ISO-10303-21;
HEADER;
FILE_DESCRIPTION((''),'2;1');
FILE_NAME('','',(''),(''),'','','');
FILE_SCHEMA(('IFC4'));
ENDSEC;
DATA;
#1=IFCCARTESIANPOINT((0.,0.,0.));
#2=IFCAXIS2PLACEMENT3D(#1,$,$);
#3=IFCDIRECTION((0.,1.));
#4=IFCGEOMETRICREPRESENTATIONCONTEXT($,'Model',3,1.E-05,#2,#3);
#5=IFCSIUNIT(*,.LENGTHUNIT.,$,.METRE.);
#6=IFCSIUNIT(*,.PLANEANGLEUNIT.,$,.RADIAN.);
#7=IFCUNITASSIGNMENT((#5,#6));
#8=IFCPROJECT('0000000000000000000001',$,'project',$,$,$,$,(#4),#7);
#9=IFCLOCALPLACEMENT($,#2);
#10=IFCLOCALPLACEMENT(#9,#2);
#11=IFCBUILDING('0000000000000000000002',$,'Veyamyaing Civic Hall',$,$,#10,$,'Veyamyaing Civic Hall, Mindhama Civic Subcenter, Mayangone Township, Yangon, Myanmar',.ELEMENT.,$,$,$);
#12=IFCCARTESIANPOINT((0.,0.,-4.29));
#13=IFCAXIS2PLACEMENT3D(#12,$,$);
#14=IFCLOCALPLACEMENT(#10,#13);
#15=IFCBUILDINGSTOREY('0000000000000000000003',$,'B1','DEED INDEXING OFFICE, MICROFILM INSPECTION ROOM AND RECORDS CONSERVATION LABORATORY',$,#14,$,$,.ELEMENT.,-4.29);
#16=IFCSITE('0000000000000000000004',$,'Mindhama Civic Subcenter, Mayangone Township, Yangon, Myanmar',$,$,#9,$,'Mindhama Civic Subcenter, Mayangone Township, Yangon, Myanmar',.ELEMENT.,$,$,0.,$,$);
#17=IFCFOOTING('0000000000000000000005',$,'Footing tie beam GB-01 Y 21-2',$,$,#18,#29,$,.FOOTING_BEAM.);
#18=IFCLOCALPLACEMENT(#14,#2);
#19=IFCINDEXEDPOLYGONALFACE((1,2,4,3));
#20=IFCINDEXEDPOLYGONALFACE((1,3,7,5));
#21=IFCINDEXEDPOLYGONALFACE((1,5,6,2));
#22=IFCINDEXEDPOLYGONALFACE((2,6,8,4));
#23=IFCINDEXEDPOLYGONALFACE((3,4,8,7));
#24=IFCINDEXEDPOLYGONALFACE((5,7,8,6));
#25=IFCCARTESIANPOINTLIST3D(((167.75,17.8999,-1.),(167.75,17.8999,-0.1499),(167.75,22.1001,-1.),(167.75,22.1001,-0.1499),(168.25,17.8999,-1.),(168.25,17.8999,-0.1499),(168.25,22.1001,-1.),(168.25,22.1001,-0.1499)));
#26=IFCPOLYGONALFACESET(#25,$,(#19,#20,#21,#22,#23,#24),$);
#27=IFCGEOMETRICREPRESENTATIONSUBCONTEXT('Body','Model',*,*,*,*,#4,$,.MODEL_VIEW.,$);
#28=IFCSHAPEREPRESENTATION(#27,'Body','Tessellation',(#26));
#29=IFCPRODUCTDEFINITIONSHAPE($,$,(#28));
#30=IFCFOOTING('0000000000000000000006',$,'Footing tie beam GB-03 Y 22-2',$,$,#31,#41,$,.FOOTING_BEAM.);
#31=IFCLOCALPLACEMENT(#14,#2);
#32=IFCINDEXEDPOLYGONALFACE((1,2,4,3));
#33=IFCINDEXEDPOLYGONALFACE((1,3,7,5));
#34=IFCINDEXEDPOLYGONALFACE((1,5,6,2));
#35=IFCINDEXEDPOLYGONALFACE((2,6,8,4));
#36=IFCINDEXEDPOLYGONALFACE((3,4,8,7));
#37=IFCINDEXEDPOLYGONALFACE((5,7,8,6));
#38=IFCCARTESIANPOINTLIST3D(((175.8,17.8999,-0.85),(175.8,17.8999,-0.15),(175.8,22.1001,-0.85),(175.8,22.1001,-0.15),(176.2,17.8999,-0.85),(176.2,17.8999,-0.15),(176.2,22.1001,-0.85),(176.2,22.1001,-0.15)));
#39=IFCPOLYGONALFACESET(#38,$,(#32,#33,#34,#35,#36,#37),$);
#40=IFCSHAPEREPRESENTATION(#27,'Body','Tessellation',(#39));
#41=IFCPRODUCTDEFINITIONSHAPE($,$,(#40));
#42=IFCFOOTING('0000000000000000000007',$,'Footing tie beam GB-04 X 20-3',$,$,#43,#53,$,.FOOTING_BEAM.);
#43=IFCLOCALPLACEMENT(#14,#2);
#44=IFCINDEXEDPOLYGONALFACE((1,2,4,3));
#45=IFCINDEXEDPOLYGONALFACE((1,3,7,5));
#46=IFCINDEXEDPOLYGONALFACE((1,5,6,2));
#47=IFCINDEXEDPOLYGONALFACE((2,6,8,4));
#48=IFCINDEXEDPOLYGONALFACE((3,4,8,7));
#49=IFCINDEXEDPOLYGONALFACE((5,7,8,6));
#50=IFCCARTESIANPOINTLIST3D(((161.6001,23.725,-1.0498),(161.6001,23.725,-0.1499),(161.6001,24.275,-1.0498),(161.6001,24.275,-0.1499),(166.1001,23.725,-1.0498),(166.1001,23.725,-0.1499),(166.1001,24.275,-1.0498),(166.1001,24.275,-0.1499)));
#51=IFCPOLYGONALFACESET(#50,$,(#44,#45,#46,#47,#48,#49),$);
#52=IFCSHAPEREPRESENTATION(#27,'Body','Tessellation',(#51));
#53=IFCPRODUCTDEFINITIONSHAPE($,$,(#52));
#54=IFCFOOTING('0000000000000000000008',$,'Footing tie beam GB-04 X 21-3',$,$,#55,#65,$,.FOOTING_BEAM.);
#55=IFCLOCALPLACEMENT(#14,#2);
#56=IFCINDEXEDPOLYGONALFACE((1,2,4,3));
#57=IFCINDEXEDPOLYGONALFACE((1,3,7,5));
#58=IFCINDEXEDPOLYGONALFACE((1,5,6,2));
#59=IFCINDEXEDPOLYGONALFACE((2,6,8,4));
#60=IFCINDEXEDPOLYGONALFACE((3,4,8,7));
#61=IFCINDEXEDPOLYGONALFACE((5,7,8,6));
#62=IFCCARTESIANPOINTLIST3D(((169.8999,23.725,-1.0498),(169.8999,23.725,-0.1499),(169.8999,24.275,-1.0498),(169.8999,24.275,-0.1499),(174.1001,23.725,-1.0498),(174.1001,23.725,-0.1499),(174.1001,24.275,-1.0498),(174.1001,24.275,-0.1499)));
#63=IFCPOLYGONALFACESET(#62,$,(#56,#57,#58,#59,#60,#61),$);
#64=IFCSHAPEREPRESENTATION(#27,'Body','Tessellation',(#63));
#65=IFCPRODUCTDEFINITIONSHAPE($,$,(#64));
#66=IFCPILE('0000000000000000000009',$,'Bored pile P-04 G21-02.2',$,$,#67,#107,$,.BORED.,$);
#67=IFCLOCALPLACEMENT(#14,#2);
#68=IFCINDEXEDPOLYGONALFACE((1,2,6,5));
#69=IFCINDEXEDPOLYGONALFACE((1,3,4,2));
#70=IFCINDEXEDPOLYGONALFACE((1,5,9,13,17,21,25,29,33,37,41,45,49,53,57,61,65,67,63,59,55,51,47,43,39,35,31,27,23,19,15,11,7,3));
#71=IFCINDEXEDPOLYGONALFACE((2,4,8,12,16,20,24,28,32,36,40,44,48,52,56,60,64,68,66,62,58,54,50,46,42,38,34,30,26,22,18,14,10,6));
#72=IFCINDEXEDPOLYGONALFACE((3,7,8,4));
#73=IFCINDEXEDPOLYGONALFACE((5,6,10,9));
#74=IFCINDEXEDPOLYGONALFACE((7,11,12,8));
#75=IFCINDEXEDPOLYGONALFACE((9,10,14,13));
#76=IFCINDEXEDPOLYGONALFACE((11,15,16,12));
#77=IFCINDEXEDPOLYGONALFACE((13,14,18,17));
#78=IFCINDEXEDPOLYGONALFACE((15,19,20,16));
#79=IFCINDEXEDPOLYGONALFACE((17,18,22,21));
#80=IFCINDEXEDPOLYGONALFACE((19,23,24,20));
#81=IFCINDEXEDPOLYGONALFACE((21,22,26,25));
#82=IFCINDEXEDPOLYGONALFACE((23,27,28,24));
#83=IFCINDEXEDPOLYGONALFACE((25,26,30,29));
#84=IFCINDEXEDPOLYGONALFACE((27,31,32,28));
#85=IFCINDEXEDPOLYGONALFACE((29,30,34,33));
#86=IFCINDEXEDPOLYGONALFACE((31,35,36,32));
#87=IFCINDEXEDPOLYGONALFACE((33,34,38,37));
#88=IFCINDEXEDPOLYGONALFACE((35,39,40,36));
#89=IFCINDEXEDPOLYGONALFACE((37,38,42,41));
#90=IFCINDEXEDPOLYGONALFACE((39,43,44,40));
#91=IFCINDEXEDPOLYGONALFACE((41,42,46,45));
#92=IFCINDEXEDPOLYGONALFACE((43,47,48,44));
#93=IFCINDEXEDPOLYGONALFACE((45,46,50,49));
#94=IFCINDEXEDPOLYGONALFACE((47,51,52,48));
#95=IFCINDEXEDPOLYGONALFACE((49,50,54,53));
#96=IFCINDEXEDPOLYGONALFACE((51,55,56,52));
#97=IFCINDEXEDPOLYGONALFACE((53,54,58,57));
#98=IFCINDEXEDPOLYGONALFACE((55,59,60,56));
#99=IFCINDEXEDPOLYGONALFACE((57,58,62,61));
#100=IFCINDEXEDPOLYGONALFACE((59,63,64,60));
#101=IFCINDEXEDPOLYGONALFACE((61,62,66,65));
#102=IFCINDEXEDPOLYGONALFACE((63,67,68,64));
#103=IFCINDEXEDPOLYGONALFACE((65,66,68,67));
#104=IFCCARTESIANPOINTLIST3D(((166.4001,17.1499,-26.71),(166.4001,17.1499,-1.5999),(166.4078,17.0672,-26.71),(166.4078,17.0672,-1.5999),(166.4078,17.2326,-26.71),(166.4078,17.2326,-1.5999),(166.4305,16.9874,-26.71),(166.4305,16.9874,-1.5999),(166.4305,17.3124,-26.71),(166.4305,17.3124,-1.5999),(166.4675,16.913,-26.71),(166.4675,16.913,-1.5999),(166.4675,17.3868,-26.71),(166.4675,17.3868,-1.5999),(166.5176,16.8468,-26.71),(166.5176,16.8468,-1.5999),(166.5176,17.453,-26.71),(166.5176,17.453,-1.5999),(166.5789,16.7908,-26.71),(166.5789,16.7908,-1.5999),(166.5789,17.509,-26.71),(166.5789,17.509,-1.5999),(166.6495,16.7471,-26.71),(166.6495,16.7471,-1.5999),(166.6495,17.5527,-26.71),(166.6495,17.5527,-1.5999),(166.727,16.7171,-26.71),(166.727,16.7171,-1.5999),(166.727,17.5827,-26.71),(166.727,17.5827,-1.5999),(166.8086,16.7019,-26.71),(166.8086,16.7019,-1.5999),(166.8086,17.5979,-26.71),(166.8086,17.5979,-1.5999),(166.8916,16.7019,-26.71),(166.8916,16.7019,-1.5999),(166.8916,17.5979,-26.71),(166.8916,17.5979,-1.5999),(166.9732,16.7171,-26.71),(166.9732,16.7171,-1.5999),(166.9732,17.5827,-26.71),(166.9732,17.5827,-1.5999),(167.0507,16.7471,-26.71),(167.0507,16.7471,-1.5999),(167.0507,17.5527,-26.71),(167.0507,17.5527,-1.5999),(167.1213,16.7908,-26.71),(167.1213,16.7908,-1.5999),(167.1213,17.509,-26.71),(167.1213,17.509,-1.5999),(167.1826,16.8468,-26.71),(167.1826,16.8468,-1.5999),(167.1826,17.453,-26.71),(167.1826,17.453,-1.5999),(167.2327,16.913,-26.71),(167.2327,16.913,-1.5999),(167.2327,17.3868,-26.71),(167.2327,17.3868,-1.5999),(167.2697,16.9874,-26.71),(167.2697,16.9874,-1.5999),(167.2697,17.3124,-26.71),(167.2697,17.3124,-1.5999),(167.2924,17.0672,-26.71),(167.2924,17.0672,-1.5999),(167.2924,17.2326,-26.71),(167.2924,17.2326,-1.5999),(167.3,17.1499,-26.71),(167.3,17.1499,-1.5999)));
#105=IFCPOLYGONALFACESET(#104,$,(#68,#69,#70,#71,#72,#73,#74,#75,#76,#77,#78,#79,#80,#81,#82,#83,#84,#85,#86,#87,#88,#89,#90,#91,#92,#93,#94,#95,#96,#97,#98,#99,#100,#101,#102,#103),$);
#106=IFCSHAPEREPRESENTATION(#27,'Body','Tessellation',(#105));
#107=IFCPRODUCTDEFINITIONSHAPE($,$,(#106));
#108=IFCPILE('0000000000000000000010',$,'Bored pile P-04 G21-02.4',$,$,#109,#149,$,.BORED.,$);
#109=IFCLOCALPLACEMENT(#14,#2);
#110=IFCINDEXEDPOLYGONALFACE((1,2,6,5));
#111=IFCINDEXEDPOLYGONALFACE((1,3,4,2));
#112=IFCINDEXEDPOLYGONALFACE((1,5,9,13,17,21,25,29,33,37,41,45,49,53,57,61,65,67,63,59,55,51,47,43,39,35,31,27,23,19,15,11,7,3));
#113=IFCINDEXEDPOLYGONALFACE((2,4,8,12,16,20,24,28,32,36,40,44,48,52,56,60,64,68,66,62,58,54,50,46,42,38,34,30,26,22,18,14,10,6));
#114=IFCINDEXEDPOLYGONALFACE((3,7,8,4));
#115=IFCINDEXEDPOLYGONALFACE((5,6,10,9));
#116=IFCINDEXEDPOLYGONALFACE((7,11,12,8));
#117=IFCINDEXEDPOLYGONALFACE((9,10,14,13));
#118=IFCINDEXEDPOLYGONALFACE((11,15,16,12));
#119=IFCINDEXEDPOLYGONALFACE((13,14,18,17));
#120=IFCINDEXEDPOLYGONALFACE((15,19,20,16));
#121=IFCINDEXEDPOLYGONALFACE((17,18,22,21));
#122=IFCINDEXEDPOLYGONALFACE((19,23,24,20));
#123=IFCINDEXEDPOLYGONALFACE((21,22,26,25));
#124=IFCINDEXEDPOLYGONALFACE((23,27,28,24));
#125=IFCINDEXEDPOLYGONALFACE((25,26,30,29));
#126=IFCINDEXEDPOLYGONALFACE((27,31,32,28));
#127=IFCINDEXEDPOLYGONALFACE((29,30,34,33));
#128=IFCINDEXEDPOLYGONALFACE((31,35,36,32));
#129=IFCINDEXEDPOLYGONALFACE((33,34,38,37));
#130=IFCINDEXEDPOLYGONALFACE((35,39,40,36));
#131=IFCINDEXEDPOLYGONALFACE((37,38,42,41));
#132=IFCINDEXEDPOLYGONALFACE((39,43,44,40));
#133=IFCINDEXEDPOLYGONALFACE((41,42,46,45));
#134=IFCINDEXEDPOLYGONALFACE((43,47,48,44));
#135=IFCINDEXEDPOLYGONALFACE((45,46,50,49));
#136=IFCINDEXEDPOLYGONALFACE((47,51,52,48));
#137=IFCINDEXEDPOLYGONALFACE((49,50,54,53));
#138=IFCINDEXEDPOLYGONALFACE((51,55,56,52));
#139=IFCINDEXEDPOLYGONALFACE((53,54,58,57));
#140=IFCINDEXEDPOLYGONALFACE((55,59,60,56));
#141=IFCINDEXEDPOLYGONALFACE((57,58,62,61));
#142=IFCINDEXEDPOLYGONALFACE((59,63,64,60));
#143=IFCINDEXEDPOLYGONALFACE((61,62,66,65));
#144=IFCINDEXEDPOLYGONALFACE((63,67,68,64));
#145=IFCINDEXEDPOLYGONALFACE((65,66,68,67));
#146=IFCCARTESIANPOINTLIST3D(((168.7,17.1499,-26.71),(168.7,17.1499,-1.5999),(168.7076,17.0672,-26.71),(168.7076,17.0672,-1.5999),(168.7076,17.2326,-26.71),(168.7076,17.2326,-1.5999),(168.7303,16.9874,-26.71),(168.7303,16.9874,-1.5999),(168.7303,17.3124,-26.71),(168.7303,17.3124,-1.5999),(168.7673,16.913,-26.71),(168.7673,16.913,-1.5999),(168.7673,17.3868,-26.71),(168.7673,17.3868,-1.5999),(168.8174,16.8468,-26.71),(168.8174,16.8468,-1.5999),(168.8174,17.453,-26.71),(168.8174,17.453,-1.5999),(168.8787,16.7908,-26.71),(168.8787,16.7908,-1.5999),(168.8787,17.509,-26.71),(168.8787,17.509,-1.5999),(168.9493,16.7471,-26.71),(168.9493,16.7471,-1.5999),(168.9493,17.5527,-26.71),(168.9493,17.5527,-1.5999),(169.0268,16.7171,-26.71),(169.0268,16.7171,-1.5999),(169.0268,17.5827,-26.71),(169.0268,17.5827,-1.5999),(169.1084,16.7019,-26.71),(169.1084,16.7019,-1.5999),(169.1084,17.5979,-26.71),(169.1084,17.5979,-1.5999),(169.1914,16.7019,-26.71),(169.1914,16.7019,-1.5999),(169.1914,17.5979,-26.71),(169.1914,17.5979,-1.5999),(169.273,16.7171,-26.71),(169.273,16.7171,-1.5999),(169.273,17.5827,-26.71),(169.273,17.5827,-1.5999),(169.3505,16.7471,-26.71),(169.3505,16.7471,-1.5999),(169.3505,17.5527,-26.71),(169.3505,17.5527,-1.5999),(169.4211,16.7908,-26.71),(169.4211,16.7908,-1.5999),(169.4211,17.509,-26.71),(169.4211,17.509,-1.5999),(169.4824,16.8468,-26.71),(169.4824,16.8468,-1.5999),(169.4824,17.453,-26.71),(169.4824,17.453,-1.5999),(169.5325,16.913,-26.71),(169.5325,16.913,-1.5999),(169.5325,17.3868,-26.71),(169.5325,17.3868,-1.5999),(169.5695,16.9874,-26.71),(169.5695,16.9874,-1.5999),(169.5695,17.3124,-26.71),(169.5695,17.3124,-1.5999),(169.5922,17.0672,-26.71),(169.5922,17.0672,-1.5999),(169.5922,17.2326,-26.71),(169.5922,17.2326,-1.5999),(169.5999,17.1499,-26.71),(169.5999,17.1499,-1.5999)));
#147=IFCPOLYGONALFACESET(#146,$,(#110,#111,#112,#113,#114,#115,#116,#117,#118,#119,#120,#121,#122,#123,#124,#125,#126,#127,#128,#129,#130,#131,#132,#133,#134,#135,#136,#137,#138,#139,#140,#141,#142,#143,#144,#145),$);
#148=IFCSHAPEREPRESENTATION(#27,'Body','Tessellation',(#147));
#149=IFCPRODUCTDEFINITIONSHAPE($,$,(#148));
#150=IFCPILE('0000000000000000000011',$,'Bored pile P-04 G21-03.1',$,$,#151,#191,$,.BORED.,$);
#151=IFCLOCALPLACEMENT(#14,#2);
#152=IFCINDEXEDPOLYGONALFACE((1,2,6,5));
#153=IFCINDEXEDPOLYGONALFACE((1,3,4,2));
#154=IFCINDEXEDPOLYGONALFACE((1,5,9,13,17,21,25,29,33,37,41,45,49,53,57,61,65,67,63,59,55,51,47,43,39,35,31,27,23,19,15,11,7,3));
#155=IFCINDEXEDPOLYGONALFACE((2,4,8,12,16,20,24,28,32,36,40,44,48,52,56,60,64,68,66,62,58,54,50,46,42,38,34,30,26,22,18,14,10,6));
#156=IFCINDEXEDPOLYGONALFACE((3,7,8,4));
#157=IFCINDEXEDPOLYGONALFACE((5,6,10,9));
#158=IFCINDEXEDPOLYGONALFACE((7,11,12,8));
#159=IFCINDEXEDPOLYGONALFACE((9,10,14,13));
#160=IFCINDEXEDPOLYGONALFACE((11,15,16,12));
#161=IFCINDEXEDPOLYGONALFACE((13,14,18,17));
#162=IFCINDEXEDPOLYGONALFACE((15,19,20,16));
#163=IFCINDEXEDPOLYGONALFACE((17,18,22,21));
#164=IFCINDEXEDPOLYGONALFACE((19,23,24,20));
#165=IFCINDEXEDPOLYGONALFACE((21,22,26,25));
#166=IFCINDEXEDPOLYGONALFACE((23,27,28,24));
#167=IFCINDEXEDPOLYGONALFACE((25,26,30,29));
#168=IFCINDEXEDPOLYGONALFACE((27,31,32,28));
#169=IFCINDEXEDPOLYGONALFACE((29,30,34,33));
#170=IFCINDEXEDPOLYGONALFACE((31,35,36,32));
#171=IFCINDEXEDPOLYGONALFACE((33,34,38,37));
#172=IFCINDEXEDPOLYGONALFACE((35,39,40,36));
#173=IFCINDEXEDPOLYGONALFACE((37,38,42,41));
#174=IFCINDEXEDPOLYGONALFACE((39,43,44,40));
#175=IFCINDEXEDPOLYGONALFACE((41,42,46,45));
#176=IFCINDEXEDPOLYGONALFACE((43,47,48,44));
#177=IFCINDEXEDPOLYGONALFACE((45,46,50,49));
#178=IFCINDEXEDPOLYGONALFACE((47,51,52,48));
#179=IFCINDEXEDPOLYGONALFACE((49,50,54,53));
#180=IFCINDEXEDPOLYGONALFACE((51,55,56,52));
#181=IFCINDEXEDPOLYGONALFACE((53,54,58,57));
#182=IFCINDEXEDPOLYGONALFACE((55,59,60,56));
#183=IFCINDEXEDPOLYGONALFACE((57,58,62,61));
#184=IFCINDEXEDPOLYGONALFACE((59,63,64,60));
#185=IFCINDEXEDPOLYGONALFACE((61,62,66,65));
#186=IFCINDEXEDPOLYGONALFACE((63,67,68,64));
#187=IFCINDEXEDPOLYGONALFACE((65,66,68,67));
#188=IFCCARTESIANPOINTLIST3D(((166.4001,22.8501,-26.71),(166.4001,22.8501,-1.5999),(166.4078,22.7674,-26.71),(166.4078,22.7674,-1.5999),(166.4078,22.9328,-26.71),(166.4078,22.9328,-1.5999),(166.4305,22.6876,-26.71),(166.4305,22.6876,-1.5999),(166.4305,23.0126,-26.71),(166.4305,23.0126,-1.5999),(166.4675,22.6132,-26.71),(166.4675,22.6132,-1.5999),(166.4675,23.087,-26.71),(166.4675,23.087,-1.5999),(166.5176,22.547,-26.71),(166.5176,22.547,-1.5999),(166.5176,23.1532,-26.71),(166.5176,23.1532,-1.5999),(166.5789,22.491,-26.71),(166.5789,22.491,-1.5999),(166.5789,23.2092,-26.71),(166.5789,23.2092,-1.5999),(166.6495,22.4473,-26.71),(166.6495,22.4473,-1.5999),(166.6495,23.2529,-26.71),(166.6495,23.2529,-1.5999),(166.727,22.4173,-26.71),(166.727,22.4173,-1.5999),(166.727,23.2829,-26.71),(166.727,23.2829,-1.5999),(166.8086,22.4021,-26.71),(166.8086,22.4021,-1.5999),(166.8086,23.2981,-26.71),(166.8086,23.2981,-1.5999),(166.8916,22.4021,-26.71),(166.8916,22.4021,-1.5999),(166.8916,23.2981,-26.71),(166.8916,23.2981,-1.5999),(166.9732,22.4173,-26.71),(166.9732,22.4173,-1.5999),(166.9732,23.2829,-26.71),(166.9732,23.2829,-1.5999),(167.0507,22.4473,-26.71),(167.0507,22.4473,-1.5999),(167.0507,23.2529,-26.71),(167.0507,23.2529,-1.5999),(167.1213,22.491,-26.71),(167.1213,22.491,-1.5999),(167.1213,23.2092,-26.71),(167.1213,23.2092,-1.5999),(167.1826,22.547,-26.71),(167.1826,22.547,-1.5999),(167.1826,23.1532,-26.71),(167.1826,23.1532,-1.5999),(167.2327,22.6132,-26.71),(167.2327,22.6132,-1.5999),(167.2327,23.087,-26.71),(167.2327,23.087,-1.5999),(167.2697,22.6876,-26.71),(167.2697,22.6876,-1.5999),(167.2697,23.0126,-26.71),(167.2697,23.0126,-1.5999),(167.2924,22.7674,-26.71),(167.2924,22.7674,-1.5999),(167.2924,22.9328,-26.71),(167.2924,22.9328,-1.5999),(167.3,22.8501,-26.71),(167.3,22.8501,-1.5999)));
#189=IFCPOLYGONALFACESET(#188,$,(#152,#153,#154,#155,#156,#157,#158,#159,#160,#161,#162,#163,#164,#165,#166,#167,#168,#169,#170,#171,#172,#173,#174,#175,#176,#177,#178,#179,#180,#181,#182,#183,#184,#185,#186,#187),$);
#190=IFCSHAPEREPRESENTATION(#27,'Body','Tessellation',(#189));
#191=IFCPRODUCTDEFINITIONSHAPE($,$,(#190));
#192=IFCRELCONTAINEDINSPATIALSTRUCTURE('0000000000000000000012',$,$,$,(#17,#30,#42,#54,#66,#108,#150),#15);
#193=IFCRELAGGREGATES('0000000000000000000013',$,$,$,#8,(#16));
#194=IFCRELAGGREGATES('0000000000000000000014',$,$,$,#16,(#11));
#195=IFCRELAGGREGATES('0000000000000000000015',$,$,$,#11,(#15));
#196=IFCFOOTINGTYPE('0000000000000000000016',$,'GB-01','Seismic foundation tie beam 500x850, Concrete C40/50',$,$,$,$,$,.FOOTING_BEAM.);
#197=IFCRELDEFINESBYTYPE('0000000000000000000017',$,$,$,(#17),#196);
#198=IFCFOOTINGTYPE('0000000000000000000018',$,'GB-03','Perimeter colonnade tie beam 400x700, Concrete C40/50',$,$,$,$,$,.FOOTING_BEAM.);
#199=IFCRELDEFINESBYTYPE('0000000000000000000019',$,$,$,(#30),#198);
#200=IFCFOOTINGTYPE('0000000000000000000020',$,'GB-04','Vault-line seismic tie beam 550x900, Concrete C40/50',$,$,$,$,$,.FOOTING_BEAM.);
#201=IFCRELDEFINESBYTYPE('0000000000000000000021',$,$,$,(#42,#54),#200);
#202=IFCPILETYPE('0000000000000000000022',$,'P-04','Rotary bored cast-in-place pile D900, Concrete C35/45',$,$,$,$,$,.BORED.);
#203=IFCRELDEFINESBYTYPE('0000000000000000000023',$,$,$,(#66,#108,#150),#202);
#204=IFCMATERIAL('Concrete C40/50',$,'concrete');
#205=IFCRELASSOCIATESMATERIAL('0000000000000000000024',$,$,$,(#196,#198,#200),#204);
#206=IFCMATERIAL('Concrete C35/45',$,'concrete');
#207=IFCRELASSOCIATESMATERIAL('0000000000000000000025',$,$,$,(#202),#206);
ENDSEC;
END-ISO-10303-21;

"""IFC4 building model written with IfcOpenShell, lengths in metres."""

from ifc_helpers import new_model, si_unit, direction, frame, origin, origin_2d, place, context, subcontext, project, spatial, rectangle, circle, extrude, material, material_profile, profile_set, type_object, element, save


model = new_model("IFC4")

# Units and contexts
model_context = context("Model", 3, precision=1e-05, world=origin(), true_north=direction((0.0, 1.0)))
body_context = subcontext(model_context, "Body", "Model", "MODEL_VIEW")
ifc_project = project(units=[si_unit("LENGTHUNIT", "METRE"), si_unit("PLANEANGLEUNIT", "RADIAN")], contexts=[model_context])

# Site, building, storey
site_placement = place(None, origin())
site = spatial("IfcSite", under=ifc_project, at=site_placement, Name="Mindhama Civic Subcenter, Mayangone Township, Yangon, Myanmar", LongName="Mindhama Civic Subcenter, Mayangone Township, Yangon, Myanmar", CompositionType="ELEMENT", RefElevation=0.0)
building_placement = place(site_placement, origin())
building = spatial("IfcBuilding", under=site, at=building_placement, Name="Veyamyaing Civic Hall", LongName="Veyamyaing Civic Hall, Mindhama Civic Subcenter, Mayangone Township, Yangon, Myanmar", CompositionType="ELEMENT")
storey_placement = place(building_placement, frame((0.0, 0.0, -4.29)))
storey = spatial("IfcBuildingStorey", under=building, at=storey_placement, Name="B1", Description="DEED INDEXING OFFICE, MICROFILM INSPECTION ROOM AND RECORDS CONSERVATION LABORATORY", CompositionType="ELEMENT", Elevation=-4.29)

# Footings
ifc_material_1 = material(Name="Concrete C40/50", Category="concrete")
ifc_material_profile_1 = material_profile(ifc_material_1, rectangle(XDim=0.5, YDim=0.8501, at=origin_2d()), Name="GB-500X850")
ifc_profile_set_1 = profile_set([ifc_material_profile_1], Name="Concrete C40/50")
footing_type_1 = type_object("IfcFootingType", Name="GB-01", Description="Seismic foundation tie beam 500x850, Concrete C40/50", PredefinedType="FOOTING_BEAM", material=ifc_profile_set_1)
footing_1_placement = place(storey_placement, frame((168.0, 17.8999, -0.575), z_axis=(0.0, 1.0, 0.0), x_axis=(-1.0, 0.0, 0.0)))
element("IfcFooting", 1, at=footing_1_placement, inside=storey, type_object=footing_type_1, Name="Footing tie beam GB-01 Y 21-2", PredefinedType="FOOTING_BEAM", context=body_context, shape_type="SweptSolid", body=[
    extrude(rectangle(XDim=0.5, YDim=0.8501, at=origin_2d()), origin(), (0.0, 0.0, 1.0), 4.2002),
])
ifc_material_profile_2 = material_profile(ifc_material_1, rectangle(XDim=0.3999, YDim=0.7, at=origin_2d()), Name="GB-400X700")
ifc_profile_set_2 = profile_set([ifc_material_profile_2], Name="Concrete C40/50")
footing_type_2 = type_object("IfcFootingType", Name="GB-03", Description="Perimeter colonnade tie beam 400x700, Concrete C40/50", PredefinedType="FOOTING_BEAM", material=ifc_profile_set_2)
footing_2_placement = place(storey_placement, frame((176.0, 17.8999, -0.5), z_axis=(0.0, 1.0, 0.0), x_axis=(-1.0, 0.0, 0.0)))
element("IfcFooting", 2, at=footing_2_placement, inside=storey, type_object=footing_type_2, Name="Footing tie beam GB-03 Y 22-2", PredefinedType="FOOTING_BEAM", context=body_context, shape_type="SweptSolid", body=[
    extrude(rectangle(XDim=0.3999, YDim=0.7, at=origin_2d()), origin(), (0.0, 0.0, 1.0), 4.2002),
])
ifc_material_profile_3 = material_profile(ifc_material_1, rectangle(XDim=0.55, YDim=0.8999, at=origin_2d()), Name="GB-550X900")
ifc_profile_set_3 = profile_set([ifc_material_profile_3], Name="Concrete C40/50")
footing_type_3 = type_object("IfcFootingType", Name="GB-04", Description="Vault-line seismic tie beam 550x900, Concrete C40/50", PredefinedType="FOOTING_BEAM", material=ifc_profile_set_3)
footing_3_placement = place(storey_placement, frame((161.6001, 24.0, -0.5999), z_axis=(1.0, 0.0, 0.0), x_axis=(0.0, 1.0, 0.0)))
element("IfcFooting", 3, at=footing_3_placement, inside=storey, type_object=footing_type_3, Name="Footing tie beam GB-04 X 20-3", PredefinedType="FOOTING_BEAM", context=body_context, shape_type="SweptSolid", body=[
    extrude(rectangle(XDim=0.55, YDim=0.8999, at=origin_2d()), origin(), (0.0, 0.0, 1.0), 4.5),
])
footing_4_placement = place(storey_placement, frame((169.8999, 24.0, -0.5999), z_axis=(1.0, 0.0, 0.0), x_axis=(0.0, 1.0, 0.0)))
element("IfcFooting", 4, at=footing_4_placement, inside=storey, type_object=footing_type_3, Name="Footing tie beam GB-04 X 21-3", PredefinedType="FOOTING_BEAM", context=body_context, shape_type="SweptSolid", body=[
    extrude(rectangle(XDim=0.55, YDim=0.8999, at=origin_2d()), origin(), (0.0, 0.0, 1.0), 4.2002),
])

# Piles
ifc_material_2 = material(Name="Concrete C35/45", Category="concrete")
ifc_material_profile_4 = material_profile(ifc_material_2, circle(Radius=0.45, at=origin_2d()), Name="PILE-D900")
ifc_profile_set_4 = profile_set([ifc_material_profile_4], Name="Concrete C35/45")
pile_type = type_object("IfcPileType", Name="P-04", Description="Rotary bored cast-in-place pile D900, Concrete C35/45", PredefinedType="BORED", material=ifc_profile_set_4)
for number, where, z_axis, x_axis, name in (
    (5, (166.8501, 17.1499, -1.5999), (0.0, 0.0, -1.0), (1.0, 0.0, 0.0), "Bored pile P-04 G21-02.2"),
    (6, (169.1499, 17.1499, -1.5999), (0.0, 0.0, -1.0), (1.0, 0.0, 0.0), "Bored pile P-04 G21-02.4"),
    (7, (166.8501, 22.8501, -1.5999), (0.0, 0.0, -1.0), (1.0, 0.0, 0.0), "Bored pile P-04 G21-03.1"),
):
    element("IfcPile", number, at=place(storey_placement, frame(where, z_axis=z_axis, x_axis=x_axis)), inside=storey, type_object=pile_type, Name=name, PredefinedType="BORED", context=body_context, shape_type="SweptSolid", body=[
        extrude(circle(Radius=0.45, at=origin_2d()), origin(), (0.0, 0.0, 1.0), 25.1101),
    ])

save(model, "model.ifc")
